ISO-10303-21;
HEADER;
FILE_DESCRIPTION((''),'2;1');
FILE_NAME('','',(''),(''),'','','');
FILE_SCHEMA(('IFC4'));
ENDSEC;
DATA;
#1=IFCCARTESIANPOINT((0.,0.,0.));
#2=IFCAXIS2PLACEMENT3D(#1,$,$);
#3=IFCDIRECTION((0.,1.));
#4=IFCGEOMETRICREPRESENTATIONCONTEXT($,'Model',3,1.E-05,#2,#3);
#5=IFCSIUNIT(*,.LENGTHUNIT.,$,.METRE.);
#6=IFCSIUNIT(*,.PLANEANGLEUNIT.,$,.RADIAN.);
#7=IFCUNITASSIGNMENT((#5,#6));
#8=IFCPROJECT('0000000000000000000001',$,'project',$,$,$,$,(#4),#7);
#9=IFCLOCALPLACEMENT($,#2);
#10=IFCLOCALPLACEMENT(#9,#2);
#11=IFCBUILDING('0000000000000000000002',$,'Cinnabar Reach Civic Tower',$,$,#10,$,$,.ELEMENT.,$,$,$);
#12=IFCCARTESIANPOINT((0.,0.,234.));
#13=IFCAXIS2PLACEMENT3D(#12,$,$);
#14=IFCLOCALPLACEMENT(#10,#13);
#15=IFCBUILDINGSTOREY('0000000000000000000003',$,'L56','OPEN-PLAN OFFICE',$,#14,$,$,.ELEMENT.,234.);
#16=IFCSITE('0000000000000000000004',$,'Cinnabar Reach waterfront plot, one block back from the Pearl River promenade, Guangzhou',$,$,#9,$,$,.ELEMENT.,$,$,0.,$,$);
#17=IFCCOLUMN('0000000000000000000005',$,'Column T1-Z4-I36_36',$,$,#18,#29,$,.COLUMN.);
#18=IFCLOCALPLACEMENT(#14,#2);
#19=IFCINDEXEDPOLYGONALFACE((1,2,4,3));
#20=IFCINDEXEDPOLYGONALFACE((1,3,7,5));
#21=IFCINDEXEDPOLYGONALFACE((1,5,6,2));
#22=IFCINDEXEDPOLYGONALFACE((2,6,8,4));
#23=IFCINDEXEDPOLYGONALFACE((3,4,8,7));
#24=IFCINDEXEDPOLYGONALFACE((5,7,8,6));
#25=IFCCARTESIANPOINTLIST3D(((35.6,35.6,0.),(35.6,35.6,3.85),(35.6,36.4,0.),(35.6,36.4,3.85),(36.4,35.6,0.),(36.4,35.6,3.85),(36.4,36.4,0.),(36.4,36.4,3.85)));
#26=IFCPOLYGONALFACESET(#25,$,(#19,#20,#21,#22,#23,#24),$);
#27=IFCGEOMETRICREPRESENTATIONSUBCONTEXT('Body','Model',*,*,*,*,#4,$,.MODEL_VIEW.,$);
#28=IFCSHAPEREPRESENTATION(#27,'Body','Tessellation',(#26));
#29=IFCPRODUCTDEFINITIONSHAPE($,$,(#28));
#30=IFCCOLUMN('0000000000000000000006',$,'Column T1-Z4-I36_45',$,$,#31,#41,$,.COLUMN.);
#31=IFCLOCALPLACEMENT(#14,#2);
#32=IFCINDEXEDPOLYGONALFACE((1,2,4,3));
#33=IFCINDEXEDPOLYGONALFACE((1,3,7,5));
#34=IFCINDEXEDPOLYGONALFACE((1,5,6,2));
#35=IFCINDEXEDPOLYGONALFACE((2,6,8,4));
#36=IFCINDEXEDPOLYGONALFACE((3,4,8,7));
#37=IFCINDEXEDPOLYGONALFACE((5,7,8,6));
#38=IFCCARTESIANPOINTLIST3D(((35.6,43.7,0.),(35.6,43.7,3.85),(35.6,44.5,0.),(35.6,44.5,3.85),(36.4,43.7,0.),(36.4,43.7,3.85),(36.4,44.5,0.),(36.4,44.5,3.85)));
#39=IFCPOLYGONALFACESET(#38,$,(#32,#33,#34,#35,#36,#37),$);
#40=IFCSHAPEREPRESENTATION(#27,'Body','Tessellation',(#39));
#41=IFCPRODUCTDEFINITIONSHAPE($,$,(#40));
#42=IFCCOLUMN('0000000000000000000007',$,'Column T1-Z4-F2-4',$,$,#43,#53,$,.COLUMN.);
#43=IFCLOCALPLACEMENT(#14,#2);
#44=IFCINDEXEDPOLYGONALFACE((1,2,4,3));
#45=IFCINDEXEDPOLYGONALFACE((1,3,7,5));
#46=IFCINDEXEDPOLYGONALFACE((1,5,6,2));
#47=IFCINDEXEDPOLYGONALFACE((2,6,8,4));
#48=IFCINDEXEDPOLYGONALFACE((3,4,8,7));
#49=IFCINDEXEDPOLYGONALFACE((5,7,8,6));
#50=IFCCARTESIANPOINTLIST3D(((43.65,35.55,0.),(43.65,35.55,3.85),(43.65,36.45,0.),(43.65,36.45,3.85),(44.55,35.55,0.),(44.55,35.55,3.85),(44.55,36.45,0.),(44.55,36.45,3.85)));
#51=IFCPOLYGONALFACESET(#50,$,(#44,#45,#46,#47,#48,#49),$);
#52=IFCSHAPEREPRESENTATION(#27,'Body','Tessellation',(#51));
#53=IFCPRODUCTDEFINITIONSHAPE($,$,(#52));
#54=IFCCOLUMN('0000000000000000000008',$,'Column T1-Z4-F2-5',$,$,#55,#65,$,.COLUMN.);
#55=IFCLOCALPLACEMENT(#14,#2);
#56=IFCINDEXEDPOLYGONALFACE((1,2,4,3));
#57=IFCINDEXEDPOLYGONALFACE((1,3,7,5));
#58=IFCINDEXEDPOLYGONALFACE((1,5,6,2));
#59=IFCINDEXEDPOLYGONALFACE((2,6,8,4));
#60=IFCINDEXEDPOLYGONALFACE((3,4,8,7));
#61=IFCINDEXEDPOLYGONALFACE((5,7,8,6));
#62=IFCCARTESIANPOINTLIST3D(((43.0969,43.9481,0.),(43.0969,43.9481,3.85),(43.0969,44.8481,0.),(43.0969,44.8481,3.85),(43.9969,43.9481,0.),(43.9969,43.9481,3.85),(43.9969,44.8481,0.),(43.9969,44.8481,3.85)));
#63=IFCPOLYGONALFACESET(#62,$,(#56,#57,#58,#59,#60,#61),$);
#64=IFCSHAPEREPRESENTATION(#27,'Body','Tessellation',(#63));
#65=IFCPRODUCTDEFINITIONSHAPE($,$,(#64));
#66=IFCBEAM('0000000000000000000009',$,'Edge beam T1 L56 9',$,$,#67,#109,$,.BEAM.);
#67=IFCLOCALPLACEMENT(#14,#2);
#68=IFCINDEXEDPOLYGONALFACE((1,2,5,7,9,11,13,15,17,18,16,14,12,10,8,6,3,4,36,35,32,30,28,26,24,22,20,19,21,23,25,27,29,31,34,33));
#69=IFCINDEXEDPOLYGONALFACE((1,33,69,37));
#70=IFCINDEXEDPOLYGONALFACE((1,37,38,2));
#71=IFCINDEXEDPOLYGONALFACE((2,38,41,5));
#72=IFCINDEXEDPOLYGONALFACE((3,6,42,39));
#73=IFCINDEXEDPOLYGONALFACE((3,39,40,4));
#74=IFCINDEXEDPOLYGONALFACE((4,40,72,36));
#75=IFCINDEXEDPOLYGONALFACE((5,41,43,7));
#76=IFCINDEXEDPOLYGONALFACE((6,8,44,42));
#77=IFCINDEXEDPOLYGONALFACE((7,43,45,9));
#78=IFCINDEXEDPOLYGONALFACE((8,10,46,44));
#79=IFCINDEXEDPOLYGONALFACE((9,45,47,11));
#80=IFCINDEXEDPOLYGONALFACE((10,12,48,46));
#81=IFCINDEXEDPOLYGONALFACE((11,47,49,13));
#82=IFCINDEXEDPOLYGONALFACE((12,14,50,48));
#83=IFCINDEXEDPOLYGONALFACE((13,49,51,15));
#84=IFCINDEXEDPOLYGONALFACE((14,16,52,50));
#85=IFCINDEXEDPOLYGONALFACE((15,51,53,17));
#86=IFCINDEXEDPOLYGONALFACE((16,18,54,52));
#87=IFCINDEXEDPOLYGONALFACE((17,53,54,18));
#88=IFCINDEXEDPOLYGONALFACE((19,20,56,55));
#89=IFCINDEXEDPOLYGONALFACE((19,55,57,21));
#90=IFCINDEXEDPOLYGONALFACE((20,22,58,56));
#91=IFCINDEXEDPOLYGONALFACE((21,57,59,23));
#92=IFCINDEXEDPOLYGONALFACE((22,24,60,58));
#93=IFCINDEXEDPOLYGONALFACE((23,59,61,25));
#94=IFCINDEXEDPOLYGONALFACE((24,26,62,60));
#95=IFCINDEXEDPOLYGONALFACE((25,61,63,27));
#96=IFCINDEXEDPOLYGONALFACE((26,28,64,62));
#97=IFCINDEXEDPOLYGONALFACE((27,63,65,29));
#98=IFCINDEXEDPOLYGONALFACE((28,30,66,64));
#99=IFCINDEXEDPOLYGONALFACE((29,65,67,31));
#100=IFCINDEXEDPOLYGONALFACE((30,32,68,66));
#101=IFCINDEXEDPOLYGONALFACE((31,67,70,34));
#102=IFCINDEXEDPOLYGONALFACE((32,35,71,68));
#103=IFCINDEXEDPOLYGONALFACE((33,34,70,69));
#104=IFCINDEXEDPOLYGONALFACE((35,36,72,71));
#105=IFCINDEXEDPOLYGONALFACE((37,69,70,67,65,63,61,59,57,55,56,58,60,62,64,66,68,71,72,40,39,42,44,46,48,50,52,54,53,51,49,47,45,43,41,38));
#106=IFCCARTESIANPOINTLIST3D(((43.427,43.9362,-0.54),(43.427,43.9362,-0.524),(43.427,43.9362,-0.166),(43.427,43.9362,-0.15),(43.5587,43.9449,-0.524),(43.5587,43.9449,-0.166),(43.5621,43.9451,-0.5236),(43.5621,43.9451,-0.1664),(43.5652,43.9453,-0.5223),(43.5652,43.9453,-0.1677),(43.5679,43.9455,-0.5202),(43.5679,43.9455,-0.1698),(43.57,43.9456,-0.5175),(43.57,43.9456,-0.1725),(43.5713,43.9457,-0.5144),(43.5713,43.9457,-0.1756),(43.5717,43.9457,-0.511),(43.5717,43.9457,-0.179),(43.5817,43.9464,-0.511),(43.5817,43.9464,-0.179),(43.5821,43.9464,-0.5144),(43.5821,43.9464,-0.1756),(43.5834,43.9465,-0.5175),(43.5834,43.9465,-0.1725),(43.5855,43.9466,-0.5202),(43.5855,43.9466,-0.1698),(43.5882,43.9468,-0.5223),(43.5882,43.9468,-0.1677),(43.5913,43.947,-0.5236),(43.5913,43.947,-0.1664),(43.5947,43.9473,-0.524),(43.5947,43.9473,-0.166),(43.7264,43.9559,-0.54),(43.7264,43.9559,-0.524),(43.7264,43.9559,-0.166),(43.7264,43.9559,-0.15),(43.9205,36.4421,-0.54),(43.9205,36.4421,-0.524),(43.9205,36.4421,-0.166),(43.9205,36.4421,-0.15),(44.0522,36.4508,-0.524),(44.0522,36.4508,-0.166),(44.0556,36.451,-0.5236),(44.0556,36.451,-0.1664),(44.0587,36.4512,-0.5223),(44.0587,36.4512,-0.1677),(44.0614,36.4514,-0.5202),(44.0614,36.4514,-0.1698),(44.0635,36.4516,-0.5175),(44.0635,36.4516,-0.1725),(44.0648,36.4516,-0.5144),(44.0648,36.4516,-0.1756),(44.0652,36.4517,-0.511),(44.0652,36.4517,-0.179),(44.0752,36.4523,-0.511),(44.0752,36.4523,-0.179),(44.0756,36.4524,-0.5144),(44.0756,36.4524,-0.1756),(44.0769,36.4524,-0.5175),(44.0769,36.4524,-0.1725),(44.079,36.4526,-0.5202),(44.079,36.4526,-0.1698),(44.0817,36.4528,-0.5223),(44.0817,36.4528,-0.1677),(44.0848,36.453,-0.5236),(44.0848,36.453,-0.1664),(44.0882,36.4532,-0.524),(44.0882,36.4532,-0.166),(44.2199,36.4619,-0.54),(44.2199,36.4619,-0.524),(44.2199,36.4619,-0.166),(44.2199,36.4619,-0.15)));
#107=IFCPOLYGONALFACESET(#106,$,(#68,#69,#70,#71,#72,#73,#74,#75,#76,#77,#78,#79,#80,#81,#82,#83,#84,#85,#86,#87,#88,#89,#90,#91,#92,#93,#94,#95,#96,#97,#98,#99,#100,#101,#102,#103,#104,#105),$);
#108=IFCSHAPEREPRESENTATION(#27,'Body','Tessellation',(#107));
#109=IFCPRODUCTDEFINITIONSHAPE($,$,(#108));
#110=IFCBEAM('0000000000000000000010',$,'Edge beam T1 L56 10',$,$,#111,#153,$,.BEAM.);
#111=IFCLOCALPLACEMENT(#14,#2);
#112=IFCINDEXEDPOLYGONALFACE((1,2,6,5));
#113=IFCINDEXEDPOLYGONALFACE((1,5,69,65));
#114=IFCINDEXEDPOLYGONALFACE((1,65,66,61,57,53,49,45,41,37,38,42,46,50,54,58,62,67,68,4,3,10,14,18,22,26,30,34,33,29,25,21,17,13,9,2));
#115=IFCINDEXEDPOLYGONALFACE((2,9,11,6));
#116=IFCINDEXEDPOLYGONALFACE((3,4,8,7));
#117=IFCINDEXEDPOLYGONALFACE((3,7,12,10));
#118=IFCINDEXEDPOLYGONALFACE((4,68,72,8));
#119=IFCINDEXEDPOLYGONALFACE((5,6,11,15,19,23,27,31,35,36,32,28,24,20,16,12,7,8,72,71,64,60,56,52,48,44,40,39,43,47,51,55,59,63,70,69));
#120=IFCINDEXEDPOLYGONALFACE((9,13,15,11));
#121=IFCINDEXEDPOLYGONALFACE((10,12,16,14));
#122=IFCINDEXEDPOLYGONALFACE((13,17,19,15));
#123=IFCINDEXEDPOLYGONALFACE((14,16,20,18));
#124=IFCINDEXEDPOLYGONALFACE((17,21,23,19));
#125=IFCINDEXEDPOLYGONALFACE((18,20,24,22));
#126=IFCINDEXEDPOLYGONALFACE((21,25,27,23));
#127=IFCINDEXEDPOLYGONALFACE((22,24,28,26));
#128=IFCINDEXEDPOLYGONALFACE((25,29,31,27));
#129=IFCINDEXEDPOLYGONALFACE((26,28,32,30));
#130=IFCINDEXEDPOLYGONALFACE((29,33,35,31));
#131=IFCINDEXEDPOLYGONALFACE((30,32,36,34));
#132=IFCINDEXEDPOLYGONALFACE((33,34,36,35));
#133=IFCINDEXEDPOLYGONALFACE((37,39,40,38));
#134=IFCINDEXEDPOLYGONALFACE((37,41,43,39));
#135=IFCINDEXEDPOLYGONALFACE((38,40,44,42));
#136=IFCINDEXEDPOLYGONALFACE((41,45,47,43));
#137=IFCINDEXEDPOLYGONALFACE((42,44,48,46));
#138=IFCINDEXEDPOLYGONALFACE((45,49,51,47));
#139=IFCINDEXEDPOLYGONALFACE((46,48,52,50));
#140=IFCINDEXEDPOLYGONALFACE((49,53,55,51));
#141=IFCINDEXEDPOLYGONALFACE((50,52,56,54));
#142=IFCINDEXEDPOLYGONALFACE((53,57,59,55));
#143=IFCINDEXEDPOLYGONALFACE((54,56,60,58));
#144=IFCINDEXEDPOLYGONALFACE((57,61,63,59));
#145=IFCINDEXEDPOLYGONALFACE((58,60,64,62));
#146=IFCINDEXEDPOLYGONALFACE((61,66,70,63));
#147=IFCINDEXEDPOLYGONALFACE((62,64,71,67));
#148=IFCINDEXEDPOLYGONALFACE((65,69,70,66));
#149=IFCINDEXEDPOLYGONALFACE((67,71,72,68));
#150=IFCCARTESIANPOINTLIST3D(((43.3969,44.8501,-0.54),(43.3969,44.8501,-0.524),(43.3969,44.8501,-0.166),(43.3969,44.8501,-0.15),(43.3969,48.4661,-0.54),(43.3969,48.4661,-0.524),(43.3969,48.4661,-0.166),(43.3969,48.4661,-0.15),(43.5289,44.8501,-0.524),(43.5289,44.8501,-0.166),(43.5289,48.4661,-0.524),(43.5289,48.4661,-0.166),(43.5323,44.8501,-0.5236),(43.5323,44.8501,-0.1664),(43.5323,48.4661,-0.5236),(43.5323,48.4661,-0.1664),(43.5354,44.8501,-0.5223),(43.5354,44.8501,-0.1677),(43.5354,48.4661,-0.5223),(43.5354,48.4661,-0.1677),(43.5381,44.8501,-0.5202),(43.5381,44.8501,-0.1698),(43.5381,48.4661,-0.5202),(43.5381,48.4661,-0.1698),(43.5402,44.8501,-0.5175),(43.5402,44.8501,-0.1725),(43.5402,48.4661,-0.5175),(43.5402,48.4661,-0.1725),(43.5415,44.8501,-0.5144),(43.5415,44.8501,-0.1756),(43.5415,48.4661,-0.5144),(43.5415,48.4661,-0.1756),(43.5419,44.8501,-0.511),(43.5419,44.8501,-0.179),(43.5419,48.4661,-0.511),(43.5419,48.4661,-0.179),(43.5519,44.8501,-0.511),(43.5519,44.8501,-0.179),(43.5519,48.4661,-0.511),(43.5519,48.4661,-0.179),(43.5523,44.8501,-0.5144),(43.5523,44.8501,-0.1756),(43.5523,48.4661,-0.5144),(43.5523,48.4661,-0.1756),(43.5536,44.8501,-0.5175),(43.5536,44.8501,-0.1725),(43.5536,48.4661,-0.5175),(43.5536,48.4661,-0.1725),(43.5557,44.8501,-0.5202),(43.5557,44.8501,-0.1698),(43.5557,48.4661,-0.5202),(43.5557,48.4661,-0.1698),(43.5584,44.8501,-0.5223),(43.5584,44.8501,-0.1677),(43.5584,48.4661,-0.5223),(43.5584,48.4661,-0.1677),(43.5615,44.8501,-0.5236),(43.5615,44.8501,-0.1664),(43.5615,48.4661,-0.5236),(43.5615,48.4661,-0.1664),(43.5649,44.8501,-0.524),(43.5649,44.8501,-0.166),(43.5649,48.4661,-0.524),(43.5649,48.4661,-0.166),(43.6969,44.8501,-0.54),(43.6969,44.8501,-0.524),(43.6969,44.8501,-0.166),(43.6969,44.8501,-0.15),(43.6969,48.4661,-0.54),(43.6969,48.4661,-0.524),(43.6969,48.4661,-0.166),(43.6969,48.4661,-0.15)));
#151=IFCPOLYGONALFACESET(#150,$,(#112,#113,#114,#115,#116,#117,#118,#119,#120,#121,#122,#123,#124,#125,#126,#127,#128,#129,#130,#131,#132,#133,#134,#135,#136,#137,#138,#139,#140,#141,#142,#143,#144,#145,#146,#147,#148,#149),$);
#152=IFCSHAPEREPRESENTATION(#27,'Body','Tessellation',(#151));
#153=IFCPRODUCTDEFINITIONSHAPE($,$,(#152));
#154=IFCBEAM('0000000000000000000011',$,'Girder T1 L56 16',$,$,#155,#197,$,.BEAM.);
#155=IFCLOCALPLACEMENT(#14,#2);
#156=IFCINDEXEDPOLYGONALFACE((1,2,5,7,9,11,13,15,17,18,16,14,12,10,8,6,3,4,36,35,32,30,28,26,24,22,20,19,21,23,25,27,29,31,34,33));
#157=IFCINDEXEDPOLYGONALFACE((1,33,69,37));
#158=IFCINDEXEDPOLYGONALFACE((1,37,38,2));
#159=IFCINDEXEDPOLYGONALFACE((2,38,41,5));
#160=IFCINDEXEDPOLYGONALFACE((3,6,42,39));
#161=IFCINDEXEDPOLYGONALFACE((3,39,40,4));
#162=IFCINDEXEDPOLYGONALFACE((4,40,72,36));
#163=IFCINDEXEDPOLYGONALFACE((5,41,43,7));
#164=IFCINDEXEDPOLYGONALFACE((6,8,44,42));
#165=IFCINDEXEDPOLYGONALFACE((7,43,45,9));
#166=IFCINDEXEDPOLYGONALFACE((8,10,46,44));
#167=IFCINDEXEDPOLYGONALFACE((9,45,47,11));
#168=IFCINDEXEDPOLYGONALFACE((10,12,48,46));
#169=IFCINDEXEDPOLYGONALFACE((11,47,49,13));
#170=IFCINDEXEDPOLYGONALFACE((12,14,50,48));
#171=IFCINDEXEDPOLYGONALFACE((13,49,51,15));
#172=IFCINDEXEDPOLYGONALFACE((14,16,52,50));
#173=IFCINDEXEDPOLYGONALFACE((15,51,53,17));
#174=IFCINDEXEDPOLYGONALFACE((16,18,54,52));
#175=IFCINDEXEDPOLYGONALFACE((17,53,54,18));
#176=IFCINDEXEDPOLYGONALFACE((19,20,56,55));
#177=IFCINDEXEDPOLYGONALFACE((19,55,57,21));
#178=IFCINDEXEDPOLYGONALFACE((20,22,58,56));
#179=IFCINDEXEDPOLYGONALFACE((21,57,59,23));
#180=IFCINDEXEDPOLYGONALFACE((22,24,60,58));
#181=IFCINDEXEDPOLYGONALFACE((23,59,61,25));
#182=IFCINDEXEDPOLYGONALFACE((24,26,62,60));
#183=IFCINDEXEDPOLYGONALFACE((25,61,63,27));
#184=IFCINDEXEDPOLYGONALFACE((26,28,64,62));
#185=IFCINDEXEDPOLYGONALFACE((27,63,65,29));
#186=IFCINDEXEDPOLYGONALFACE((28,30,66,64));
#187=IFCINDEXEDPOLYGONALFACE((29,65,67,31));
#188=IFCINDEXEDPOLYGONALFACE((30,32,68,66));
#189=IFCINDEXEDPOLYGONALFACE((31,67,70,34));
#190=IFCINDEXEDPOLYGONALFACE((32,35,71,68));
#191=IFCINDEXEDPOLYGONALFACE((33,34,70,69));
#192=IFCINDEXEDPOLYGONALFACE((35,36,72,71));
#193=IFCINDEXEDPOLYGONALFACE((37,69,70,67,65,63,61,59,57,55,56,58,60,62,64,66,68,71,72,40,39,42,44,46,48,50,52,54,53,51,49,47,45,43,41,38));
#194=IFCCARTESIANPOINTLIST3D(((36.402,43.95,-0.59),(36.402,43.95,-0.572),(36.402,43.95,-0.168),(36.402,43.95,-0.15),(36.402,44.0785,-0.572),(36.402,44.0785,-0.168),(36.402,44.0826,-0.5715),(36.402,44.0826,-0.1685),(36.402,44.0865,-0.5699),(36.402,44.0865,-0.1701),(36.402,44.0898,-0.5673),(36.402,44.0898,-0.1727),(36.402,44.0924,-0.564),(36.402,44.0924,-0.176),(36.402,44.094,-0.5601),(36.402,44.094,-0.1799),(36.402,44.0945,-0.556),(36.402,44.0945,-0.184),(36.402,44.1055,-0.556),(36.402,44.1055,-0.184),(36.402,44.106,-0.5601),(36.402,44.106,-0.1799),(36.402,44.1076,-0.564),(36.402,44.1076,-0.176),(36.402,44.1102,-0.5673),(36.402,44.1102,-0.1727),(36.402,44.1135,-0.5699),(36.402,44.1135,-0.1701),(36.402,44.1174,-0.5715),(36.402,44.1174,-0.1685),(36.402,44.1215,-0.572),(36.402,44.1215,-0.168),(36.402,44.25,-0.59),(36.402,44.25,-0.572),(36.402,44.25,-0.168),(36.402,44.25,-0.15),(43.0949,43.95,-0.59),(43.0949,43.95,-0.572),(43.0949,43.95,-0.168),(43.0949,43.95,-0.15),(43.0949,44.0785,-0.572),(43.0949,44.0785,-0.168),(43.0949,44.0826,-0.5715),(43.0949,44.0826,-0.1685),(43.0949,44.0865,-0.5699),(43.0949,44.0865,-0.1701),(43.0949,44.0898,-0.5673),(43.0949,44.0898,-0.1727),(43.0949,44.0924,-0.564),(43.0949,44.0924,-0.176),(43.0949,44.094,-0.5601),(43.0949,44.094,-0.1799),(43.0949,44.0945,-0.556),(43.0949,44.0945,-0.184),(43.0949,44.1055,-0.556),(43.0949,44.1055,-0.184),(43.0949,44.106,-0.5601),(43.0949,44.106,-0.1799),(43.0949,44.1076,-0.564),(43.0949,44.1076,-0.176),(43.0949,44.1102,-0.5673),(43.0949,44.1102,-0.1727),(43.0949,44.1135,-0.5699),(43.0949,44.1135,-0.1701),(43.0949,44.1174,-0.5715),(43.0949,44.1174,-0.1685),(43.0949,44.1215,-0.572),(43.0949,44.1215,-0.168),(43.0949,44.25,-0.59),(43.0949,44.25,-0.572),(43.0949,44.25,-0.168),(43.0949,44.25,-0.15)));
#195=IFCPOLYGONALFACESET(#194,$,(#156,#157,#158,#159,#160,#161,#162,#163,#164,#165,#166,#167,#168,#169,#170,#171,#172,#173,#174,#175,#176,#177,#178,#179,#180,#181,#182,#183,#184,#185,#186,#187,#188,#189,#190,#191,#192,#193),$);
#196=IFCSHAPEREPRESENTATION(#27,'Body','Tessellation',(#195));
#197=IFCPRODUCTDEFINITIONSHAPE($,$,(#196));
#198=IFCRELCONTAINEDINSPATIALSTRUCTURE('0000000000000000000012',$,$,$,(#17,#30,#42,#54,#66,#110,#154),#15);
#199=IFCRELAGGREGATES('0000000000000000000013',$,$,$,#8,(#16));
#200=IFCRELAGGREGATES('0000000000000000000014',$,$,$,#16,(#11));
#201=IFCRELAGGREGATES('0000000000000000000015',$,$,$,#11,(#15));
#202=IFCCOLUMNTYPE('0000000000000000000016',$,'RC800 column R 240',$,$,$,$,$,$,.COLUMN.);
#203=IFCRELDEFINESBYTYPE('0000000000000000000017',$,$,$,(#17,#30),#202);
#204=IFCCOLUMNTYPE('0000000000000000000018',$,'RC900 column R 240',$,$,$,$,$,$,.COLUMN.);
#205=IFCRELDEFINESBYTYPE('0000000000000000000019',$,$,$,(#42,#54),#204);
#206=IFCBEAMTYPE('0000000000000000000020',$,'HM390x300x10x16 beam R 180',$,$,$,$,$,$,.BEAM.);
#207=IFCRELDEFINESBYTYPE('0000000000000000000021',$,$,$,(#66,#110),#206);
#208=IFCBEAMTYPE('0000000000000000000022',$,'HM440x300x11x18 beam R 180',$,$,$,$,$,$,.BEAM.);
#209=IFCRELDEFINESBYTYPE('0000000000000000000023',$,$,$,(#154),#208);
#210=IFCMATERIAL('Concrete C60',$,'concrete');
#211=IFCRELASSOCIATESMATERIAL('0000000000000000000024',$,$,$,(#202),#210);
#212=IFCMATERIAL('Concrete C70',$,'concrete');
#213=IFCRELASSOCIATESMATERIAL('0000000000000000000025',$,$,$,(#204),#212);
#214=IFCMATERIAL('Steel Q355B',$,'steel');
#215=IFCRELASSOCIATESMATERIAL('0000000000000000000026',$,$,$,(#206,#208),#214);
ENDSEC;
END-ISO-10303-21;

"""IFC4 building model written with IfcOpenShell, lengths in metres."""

from ifc_helpers import new_model, si_unit, direction, frame, origin, origin_2d, place, context, subcontext, project, spatial, rectangle, i_section, extrude, material, material_profile, profile_set, type_object, element, save


model = new_model("IFC4")

# Units and contexts
model_context = context("Model", 3, precision=1e-05, world=origin(), true_north=direction((0.0, 1.0)))
body_context = subcontext(model_context, "Body", "Model", "MODEL_VIEW")
ifc_project = project(units=[si_unit("LENGTHUNIT", "METRE"), si_unit("PLANEANGLEUNIT", "RADIAN")], contexts=[model_context])

# Site, building, storey
site_placement = place(None, origin())
site = spatial("IfcSite", under=ifc_project, at=site_placement, Name="Cinnabar Reach waterfront plot, one block back from the Pearl River promenade, Guangzhou", CompositionType="ELEMENT", RefElevation=0.0)
building_placement = place(site_placement, origin())
building = spatial("IfcBuilding", under=site, at=building_placement, Name="Cinnabar Reach Civic Tower", CompositionType="ELEMENT")
storey_placement = place(building_placement, frame((0.0, 0.0, 234.0)))
storey = spatial("IfcBuildingStorey", under=building, at=storey_placement, Name="L56", Description="OPEN-PLAN OFFICE", CompositionType="ELEMENT", Elevation=234.0)

# Columns
ifc_material_1 = material(Name="Concrete C60", Category="concrete")
ifc_material_profile_1 = material_profile(ifc_material_1, rectangle(XDim=0.8, YDim=0.8, at=origin_2d()), Name="RC800")
ifc_profile_set_1 = profile_set([ifc_material_profile_1], Name="Concrete C60")
column_type_1 = type_object("IfcColumnType", Name="RC800 column R 240", PredefinedType="COLUMN", material=ifc_profile_set_1)
for number, where, z_axis, x_axis, name in (
    (1, (36.0, 36.0, 0.0), (0.0, 0.0, 1.0), (1.0, 0.0, 0.0), "Column T1-Z4-I36_36"),
    (2, (36.0, 44.1, 0.0), (0.0, 0.0, 1.0), (1.0, 0.0, 0.0), "Column T1-Z4-I36_45"),
):
    element("IfcColumn", number, at=place(storey_placement, frame(where, z_axis=z_axis, x_axis=x_axis)), inside=storey, type_object=column_type_1, Name=name, PredefinedType="COLUMN", context=body_context, shape_type="SweptSolid", body=[
        extrude(rectangle(XDim=0.8, YDim=0.8, at=origin_2d()), origin(), (0.0, 0.0, 1.0), 3.85),
    ])
ifc_material_2 = material(Name="Concrete C70", Category="concrete")
ifc_material_profile_2 = material_profile(ifc_material_2, rectangle(XDim=0.9, YDim=0.9, at=origin_2d()), Name="RC900")
ifc_profile_set_2 = profile_set([ifc_material_profile_2], Name="Concrete C70")
column_type_2 = type_object("IfcColumnType", Name="RC900 column R 240", PredefinedType="COLUMN", material=ifc_profile_set_2)
for number, where, z_axis, x_axis, name in (
    (3, (44.1, 36.0, 0.0), (0.0, 0.0, 1.0), (1.0, 0.0, 0.0), "Column T1-Z4-F2-4"),
    (4, (43.5469, 44.3981, 0.0), (0.0, 0.0, 1.0), (1.0, 0.0, 0.0), "Column T1-Z4-F2-5"),
):
    element("IfcColumn", number, at=place(storey_placement, frame(where, z_axis=z_axis, x_axis=x_axis)), inside=storey, type_object=column_type_2, Name=name, PredefinedType="COLUMN", context=body_context, shape_type="SweptSolid", body=[
        extrude(rectangle(XDim=0.9, YDim=0.9, at=origin_2d()), origin(), (0.0, 0.0, 1.0), 3.85),
    ])

# Beams
ifc_material_3 = material(Name="Steel Q355B", Category="steel")
ifc_material_profile_3 = material_profile(ifc_material_3, i_section(OverallWidth=0.3, OverallDepth=0.39, WebThickness=0.01, FlangeThickness=0.016, FilletRadius=0.013, at=origin_2d()), Name="HM390x300x10x16")
ifc_profile_set_3 = profile_set([ifc_material_profile_3], Name="Steel Q355B")
beam_type_1 = type_object("IfcBeamType", Name="HM390x300x10x16 beam R 180", PredefinedType="BEAM", material=ifc_profile_set_3)
beam_1_placement = place(storey_placement, frame((44.0702, 36.452, -0.345), z_axis=(-0.065709, 0.997839, 0.0), x_axis=(-0.997839, -0.065709, 0.0)))
element("IfcBeam", 5, at=beam_1_placement, inside=storey, type_object=beam_type_1, Name="Edge beam T1 L56 9", PredefinedType="BEAM", context=body_context, shape_type="SweptSolid", body=[
    extrude(i_section(OverallWidth=0.3, OverallDepth=0.39, WebThickness=0.01, FlangeThickness=0.016, FilletRadius=0.013, at=origin_2d()), origin(), (0.0, 0.0, 1.0), 7.5103),
])
beam_2_placement = place(storey_placement, frame((43.5469, 44.8501, -0.345), z_axis=(0.0, 1.0, 0.0), x_axis=(-1.0, 0.0, 0.0)))
element("IfcBeam", 6, at=beam_2_placement, inside=storey, type_object=beam_type_1, Name="Edge beam T1 L56 10", PredefinedType="BEAM", context=body_context, shape_type="SweptSolid", body=[
    extrude(i_section(OverallWidth=0.3, OverallDepth=0.39, WebThickness=0.01, FlangeThickness=0.016, FilletRadius=0.013, at=origin_2d()), origin(), (0.0, 0.0, 1.0), 3.616),
])
ifc_material_profile_4 = material_profile(ifc_material_3, i_section(OverallWidth=0.3, OverallDepth=0.44, WebThickness=0.011, FlangeThickness=0.018, FilletRadius=0.016, at=origin_2d()), Name="HM440x300x11x18")
ifc_profile_set_4 = profile_set([ifc_material_profile_4], Name="Steel Q355B")
beam_type_2 = type_object("IfcBeamType", Name="HM440x300x11x18 beam R 180", PredefinedType="BEAM", material=ifc_profile_set_4)
beam_3_placement = place(storey_placement, frame((36.402, 44.1, -0.37), z_axis=(1.0, 0.0, 0.0), x_axis=(0.0, 1.0, 0.0)))
element("IfcBeam", 7, at=beam_3_placement, inside=storey, type_object=beam_type_2, Name="Girder T1 L56 16", PredefinedType="BEAM", context=body_context, shape_type="SweptSolid", body=[
    extrude(i_section(OverallWidth=0.3, OverallDepth=0.44, WebThickness=0.011, FlangeThickness=0.018, FilletRadius=0.016, at=origin_2d()), origin(), (0.0, 0.0, 1.0), 6.6929),
])

save(model, "model.ifc")
